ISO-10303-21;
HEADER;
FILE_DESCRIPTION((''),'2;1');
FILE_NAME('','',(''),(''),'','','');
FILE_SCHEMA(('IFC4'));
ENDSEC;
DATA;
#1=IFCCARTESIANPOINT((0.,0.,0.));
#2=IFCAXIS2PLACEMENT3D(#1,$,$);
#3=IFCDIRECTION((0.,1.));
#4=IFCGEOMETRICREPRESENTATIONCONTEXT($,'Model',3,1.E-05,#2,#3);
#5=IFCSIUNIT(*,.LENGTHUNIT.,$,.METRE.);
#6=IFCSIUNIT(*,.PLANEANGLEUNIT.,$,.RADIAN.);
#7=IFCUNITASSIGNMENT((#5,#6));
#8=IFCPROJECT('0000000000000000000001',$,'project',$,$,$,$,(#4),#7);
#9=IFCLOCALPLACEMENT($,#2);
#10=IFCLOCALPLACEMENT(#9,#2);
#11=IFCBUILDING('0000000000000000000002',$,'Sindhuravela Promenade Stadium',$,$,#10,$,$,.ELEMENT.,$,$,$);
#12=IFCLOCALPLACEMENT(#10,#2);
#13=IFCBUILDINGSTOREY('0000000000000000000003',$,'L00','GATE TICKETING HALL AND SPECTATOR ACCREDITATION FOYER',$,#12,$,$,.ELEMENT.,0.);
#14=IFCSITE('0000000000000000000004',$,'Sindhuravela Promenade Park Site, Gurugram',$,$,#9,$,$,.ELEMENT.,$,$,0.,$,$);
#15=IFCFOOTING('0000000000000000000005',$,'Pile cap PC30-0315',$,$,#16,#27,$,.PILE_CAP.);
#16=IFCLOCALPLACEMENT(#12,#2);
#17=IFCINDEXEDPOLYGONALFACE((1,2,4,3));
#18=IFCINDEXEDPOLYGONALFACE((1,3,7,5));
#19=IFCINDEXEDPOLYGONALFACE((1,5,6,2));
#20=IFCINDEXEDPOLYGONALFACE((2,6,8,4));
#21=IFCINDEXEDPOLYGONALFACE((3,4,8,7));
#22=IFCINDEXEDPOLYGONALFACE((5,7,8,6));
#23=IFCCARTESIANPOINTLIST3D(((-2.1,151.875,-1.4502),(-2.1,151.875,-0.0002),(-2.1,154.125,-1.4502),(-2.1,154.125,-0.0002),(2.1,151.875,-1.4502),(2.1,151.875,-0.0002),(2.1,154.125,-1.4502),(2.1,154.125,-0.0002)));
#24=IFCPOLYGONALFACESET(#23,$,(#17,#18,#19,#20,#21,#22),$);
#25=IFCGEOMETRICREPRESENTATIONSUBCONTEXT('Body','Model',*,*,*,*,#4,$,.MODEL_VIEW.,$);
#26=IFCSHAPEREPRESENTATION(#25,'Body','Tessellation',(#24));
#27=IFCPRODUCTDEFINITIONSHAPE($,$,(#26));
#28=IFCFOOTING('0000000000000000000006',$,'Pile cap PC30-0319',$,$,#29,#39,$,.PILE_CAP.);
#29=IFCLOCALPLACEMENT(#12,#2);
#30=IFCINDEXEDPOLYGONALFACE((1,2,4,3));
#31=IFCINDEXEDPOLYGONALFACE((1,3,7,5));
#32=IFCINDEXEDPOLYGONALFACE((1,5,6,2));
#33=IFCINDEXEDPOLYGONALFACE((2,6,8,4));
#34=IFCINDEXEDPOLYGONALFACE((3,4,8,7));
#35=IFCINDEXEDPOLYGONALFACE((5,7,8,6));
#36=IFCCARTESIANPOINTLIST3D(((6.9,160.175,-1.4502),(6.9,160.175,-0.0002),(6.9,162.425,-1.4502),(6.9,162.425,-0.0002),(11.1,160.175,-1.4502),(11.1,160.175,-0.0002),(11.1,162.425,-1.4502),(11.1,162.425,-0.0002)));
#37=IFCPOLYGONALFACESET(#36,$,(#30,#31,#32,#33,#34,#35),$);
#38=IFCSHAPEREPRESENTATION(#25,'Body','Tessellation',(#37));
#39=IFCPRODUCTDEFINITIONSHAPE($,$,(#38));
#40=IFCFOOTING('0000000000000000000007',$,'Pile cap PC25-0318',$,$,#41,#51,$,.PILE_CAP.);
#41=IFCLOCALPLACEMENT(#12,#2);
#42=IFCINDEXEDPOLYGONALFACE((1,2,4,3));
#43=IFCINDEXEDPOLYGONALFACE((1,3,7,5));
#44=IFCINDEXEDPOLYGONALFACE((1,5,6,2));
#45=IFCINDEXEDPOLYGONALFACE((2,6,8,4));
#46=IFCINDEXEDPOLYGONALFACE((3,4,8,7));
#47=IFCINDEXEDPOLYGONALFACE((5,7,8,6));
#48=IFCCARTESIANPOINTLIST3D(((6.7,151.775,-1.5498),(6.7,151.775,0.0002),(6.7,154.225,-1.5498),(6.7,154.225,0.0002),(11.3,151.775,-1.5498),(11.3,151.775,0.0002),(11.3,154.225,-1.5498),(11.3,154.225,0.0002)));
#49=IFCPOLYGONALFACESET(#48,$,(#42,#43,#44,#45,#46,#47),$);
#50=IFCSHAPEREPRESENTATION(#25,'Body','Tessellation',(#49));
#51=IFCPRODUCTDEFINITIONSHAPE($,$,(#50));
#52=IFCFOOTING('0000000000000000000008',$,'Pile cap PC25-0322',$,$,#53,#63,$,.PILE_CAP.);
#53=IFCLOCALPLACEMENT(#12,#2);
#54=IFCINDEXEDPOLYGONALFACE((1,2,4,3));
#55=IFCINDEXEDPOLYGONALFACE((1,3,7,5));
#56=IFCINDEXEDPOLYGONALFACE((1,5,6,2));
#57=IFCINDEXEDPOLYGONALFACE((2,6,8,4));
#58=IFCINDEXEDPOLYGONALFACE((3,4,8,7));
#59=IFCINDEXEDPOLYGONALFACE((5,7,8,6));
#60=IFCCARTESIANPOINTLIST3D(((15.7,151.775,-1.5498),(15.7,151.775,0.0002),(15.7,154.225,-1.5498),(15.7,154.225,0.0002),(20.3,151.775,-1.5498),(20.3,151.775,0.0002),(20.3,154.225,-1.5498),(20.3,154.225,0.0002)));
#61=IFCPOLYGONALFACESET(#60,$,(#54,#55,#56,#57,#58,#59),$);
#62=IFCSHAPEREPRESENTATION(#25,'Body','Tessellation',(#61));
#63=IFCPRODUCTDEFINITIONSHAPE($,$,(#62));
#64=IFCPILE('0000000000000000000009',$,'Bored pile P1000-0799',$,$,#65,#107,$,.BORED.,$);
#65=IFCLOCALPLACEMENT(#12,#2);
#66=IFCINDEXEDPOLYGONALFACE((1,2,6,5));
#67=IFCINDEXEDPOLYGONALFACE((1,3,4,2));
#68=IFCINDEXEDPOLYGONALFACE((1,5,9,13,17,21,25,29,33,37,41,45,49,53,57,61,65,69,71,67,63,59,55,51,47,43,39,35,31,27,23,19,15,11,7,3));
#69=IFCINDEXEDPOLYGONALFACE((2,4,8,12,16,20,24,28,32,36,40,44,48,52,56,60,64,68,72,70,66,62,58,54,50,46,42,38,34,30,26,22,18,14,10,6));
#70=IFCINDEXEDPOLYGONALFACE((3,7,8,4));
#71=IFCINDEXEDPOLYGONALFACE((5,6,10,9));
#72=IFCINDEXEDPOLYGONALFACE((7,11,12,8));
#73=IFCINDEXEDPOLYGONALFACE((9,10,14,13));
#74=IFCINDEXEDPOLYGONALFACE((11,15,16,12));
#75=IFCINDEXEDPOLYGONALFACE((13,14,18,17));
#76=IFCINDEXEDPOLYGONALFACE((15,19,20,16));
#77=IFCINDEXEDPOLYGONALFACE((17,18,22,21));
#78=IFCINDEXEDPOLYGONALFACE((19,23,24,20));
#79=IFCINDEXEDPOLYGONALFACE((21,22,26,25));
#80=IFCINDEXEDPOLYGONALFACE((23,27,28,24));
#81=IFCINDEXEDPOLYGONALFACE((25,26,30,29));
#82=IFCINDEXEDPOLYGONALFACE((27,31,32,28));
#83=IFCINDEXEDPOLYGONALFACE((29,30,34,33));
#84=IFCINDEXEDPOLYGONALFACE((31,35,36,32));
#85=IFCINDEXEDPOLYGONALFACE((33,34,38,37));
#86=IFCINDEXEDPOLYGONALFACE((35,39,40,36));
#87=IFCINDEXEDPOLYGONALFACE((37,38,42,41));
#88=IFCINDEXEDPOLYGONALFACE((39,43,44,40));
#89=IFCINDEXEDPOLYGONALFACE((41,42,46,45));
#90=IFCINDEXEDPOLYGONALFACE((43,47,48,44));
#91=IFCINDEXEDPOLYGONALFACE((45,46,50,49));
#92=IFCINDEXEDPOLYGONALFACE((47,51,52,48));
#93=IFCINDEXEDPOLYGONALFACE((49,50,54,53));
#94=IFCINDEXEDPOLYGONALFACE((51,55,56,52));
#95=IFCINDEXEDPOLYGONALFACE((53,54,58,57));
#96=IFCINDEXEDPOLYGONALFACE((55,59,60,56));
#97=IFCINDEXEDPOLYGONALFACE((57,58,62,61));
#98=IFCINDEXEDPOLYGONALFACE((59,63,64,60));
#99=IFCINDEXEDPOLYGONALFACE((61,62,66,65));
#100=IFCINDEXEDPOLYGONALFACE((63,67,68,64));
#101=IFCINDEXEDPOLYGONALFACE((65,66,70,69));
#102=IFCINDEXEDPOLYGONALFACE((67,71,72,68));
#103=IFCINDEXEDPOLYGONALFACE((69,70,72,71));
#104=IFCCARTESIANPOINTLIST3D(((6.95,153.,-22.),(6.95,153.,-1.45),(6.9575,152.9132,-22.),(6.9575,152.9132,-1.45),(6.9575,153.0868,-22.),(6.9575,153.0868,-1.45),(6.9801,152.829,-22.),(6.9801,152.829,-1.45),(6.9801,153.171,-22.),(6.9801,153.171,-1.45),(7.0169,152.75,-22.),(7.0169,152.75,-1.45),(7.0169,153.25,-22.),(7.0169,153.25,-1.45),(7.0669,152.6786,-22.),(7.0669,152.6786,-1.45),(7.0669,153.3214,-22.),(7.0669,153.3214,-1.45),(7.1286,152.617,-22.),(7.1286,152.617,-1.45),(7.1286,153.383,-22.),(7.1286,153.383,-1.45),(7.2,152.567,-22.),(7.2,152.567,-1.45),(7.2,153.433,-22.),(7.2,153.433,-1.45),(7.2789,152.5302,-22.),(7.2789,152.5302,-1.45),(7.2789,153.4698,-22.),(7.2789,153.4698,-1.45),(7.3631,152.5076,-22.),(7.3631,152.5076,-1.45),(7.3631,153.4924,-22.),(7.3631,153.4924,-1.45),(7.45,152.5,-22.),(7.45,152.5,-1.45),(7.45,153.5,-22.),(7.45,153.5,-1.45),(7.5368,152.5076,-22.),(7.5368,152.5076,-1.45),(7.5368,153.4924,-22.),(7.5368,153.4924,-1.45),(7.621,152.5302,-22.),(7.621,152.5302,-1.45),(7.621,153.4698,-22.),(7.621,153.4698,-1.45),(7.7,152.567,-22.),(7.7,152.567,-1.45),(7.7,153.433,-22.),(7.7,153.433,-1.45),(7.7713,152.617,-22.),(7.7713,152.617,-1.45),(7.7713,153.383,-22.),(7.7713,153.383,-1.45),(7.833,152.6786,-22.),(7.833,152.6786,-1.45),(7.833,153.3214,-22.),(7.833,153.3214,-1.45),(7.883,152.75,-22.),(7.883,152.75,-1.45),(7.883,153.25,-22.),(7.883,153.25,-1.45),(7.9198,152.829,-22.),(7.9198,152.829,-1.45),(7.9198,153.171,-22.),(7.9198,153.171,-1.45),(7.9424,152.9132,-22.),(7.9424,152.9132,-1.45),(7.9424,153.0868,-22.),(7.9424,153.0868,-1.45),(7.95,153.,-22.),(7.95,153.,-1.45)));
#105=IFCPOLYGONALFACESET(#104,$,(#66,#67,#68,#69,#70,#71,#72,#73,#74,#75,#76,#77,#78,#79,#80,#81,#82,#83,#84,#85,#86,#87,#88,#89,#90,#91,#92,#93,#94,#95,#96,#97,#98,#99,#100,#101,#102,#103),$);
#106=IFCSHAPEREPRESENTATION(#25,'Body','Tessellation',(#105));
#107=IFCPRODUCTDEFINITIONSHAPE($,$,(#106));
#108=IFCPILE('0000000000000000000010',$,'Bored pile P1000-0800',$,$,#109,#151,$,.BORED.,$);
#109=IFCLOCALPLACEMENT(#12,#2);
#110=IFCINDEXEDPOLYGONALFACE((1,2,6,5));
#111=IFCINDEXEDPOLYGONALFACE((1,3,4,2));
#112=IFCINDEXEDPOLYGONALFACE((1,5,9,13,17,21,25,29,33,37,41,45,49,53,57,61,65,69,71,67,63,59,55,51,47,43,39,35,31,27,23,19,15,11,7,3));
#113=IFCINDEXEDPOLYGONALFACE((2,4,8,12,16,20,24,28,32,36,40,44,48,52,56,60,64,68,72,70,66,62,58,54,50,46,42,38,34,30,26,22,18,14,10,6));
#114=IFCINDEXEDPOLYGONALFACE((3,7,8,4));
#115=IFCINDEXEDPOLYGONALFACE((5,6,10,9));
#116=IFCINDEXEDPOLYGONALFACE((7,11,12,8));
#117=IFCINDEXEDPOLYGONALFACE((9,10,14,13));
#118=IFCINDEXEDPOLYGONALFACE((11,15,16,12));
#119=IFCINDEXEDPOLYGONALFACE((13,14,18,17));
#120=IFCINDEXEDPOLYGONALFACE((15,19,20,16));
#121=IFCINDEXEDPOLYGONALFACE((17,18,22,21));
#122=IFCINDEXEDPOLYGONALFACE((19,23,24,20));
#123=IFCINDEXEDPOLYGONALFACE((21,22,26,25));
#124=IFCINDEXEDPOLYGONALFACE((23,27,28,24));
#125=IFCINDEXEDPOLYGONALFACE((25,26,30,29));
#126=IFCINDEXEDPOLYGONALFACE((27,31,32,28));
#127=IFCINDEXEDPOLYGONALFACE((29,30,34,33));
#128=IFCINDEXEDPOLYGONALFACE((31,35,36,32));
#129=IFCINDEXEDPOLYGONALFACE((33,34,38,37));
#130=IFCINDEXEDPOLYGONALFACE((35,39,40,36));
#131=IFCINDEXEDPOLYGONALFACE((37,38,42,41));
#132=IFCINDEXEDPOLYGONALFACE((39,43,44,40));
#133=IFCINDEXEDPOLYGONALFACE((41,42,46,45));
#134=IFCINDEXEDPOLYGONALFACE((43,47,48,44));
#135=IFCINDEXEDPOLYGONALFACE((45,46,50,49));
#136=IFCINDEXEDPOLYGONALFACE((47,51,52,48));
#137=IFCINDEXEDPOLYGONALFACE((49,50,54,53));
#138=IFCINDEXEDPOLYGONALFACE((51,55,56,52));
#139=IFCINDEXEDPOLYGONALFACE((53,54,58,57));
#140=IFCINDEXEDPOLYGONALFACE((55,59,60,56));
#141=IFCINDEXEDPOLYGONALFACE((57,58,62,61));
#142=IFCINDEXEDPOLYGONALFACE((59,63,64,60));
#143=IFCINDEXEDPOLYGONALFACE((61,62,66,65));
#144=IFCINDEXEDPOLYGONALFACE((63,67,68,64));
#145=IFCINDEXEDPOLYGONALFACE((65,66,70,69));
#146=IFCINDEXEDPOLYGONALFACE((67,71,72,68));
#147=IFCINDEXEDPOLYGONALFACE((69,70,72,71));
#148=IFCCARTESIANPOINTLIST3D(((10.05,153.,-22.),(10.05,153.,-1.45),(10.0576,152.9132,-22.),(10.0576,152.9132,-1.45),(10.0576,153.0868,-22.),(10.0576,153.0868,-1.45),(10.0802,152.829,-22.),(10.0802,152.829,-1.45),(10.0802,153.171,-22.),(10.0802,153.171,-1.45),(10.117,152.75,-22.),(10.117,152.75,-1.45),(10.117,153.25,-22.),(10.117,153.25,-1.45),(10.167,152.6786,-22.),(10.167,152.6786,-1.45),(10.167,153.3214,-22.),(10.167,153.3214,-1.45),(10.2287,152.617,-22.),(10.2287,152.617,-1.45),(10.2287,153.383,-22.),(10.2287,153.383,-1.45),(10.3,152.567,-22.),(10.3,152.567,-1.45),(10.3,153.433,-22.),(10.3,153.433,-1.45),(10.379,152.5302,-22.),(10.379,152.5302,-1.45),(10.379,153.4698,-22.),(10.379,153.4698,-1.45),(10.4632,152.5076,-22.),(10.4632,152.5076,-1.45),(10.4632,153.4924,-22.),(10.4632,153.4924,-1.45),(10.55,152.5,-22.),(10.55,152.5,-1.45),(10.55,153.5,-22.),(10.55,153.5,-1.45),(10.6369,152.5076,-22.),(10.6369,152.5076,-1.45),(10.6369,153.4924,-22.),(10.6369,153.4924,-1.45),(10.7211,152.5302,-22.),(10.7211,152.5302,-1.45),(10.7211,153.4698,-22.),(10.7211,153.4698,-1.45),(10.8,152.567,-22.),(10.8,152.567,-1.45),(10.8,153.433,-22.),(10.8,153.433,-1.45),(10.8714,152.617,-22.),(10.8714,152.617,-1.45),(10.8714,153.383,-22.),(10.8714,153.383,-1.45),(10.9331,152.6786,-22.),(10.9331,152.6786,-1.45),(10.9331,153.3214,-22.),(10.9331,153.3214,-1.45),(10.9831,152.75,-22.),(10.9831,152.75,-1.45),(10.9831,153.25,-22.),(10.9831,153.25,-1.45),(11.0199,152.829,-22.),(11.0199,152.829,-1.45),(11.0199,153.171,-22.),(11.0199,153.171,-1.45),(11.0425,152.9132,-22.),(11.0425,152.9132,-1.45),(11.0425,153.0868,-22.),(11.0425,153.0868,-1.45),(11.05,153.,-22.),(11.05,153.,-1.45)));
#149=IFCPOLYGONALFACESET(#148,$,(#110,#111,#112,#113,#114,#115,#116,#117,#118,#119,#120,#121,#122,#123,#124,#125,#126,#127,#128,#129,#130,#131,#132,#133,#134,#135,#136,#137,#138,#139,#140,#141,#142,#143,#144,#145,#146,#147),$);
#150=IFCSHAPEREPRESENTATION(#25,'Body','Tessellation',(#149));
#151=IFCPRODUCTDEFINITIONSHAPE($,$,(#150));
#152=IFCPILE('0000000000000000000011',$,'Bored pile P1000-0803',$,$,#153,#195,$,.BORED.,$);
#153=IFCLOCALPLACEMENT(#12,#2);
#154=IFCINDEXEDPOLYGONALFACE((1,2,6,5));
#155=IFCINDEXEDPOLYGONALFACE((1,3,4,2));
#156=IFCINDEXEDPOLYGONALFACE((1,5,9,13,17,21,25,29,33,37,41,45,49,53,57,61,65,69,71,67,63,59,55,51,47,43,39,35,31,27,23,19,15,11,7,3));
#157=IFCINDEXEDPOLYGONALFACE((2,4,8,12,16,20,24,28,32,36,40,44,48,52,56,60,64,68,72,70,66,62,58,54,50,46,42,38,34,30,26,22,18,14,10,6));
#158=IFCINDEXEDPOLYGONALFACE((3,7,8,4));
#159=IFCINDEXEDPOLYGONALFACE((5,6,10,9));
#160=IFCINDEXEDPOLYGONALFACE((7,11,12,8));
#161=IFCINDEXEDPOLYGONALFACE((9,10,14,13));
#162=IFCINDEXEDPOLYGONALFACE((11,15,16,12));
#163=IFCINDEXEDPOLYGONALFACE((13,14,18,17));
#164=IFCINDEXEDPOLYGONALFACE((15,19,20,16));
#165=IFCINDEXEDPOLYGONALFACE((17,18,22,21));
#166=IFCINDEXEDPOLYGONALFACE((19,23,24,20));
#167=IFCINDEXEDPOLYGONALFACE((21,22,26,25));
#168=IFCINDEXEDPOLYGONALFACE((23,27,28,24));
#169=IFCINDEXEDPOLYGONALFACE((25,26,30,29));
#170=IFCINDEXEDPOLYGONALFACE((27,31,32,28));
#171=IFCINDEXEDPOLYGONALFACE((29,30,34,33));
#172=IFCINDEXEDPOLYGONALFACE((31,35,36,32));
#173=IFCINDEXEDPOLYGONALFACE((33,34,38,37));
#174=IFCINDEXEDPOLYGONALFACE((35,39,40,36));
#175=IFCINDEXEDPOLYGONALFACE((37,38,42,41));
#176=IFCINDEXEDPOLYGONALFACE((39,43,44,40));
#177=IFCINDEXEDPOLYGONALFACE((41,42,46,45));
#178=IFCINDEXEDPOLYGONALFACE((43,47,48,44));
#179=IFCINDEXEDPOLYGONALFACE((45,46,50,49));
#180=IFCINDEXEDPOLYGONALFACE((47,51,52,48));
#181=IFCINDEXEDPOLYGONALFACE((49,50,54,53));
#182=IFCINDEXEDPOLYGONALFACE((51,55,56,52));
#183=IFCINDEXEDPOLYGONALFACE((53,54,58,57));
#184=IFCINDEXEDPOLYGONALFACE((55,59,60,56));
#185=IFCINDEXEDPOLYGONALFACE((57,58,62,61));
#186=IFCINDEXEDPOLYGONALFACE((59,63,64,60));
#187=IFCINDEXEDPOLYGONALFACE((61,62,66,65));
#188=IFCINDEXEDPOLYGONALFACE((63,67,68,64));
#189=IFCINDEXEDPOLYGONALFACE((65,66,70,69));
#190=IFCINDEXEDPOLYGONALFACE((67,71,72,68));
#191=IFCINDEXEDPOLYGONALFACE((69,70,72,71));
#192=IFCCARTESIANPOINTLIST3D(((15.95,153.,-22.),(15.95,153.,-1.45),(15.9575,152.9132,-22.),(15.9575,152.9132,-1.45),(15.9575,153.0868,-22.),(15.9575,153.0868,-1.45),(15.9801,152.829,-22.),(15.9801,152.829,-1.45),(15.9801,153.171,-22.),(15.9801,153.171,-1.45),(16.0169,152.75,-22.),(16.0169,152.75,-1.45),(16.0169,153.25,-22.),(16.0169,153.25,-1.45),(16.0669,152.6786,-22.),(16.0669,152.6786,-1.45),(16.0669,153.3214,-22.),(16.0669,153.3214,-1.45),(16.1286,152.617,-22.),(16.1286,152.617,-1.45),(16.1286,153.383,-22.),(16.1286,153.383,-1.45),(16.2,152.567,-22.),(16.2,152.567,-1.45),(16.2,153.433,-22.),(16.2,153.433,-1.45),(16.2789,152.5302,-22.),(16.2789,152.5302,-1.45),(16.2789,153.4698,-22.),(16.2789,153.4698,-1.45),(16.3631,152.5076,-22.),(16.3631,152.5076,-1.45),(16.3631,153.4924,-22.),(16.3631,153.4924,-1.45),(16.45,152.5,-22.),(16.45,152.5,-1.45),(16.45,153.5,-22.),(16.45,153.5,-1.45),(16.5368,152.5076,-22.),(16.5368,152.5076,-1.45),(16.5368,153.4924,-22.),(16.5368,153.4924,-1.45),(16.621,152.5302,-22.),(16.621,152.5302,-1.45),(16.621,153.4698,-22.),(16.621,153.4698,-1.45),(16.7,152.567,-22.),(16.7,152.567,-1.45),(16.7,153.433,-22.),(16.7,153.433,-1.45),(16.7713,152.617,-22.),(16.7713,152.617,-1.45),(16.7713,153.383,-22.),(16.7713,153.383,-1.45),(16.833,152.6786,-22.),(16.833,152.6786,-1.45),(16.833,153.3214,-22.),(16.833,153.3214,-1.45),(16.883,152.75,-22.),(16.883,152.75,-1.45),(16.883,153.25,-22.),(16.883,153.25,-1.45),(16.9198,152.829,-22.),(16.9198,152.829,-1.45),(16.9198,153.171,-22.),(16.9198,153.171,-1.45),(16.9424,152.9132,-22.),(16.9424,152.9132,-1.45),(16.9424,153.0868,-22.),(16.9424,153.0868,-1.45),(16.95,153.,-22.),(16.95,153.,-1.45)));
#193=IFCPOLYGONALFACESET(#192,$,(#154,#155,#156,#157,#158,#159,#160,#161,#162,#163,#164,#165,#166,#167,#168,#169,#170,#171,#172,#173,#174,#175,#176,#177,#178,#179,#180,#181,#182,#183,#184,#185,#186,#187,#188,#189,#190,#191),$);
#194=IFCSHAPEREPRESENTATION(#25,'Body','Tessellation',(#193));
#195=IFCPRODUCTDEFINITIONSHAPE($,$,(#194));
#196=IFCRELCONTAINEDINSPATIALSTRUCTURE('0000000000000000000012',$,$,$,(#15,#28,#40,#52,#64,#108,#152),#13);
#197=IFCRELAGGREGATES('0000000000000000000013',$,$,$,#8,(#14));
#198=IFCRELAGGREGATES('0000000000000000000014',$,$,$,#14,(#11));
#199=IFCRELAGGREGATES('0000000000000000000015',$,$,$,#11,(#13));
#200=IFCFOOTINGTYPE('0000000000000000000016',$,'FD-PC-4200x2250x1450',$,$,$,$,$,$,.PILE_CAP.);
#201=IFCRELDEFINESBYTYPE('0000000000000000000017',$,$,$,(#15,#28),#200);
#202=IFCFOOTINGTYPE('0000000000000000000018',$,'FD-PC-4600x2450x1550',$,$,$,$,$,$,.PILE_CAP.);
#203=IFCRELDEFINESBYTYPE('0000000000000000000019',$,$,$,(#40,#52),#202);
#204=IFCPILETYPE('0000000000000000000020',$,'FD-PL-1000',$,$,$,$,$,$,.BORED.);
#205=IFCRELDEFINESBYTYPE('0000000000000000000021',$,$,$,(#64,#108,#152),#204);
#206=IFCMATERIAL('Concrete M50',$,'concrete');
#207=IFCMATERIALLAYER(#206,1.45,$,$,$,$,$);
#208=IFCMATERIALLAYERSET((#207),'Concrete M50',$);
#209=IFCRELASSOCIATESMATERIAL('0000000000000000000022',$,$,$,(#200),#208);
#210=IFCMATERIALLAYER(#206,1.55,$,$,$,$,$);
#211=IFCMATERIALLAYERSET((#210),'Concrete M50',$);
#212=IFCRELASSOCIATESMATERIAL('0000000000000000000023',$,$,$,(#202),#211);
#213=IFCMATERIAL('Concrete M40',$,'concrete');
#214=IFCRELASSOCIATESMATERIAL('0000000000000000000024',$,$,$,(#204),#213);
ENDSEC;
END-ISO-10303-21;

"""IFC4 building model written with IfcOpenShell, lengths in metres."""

from ifc_helpers import new_model, si_unit, direction, frame, origin, origin_2d, place, context, subcontext, project, spatial, rectangle, circle, extrude, material, layer, layer_set, material_profile, profile_set, type_object, element, save


model = new_model("IFC4")

# Units and contexts
model_context = context("Model", 3, precision=1e-05, world=origin(), true_north=direction((0.0, 1.0)))
body_context = subcontext(model_context, "Body", "Model", "MODEL_VIEW")
ifc_project = project(units=[si_unit("LENGTHUNIT", "METRE"), si_unit("PLANEANGLEUNIT", "RADIAN")], contexts=[model_context])

# Site, building, storey
site_placement = place(None, origin())
site = spatial("IfcSite", under=ifc_project, at=site_placement, Name="Sindhuravela Promenade Park Site, Gurugram", CompositionType="ELEMENT", RefElevation=0.0)
building_placement = place(site_placement, origin())
building = spatial("IfcBuilding", under=site, at=building_placement, Name="Sindhuravela Promenade Stadium", CompositionType="ELEMENT")
storey_placement = place(building_placement, origin())
storey = spatial("IfcBuildingStorey", under=building, at=storey_placement, Name="L00", Description="GATE TICKETING HALL AND SPECTATOR ACCREDITATION FOYER", CompositionType="ELEMENT", Elevation=0.0)

# Footings
ifc_material_1 = material(Name="Concrete M50", Category="concrete")
ifc_layer_1 = layer(ifc_material_1, 1.45)
ifc_layer_set_1 = layer_set([ifc_layer_1], Name="Concrete M50")
footing_type_1 = type_object("IfcFootingType", Name="FD-PC-4200x2250x1450", PredefinedType="PILE_CAP", material=ifc_layer_set_1)
for number, where, z_axis, x_axis, name in (
    (1, (0.0, 153.0, -1.4502), (0.0, 0.0, 1.0), (1.0, 0.0, 0.0), "Pile cap PC30-0315"),
    (2, (9.0, 161.3, -1.4502), (0.0, 0.0, 1.0), (1.0, 0.0, 0.0), "Pile cap PC30-0319"),
):
    element("IfcFooting", number, at=place(storey_placement, frame(where, z_axis=z_axis, x_axis=x_axis)), inside=storey, type_object=footing_type_1, Name=name, PredefinedType="PILE_CAP", context=body_context, shape_type="SweptSolid", body=[
        extrude(rectangle(XDim=4.2, YDim=2.25, at=origin_2d()), origin(), (0.0, 0.0, 1.0), 1.45),
    ])
ifc_layer_2 = layer(ifc_material_1, 1.55)
ifc_layer_set_2 = layer_set([ifc_layer_2], Name="Concrete M50")
footing_type_2 = type_object("IfcFootingType", Name="FD-PC-4600x2450x1550", PredefinedType="PILE_CAP", material=ifc_layer_set_2)
for number, where, z_axis, x_axis, name in (
    (3, (9.0, 153.0, -1.5498), (0.0, 0.0, 1.0), (1.0, 0.0, 0.0), "Pile cap PC25-0318"),
    (4, (18.0, 153.0, -1.5498), (0.0, 0.0, 1.0), (1.0, 0.0, 0.0), "Pile cap PC25-0322"),
):
    element("IfcFooting", number, at=place(storey_placement, frame(where, z_axis=z_axis, x_axis=x_axis)), inside=storey, type_object=footing_type_2, Name=name, PredefinedType="PILE_CAP", context=body_context, shape_type="SweptSolid", body=[
        extrude(rectangle(XDim=4.6001, YDim=2.45, at=origin_2d()), origin(), (0.0, 0.0, 1.0), 1.55),
    ])

# Piles
ifc_material_2 = material(Name="Concrete M40", Category="concrete")
ifc_material_profile_1 = material_profile(ifc_material_2, circle(Radius=0.5, at=origin_2d()), Name="BORED PILE D1000")
ifc_profile_set_1 = profile_set([ifc_material_profile_1], Name="Concrete M40")
pile_type_1 = type_object("IfcPileType", Name="FD-PL-1000", PredefinedType="BORED", material=ifc_profile_set_1)
for number, where, z_axis, x_axis, name in (
    (5, (7.45, 153.0, -1.45), (0.0, 0.0, -1.0), (1.0, 0.0, 0.0), "Bored pile P1000-0799"),
    (6, (10.55, 153.0, -1.45), (0.0, 0.0, -1.0), (1.0, 0.0, 0.0), "Bored pile P1000-0800"),
    (7, (16.45, 153.0, -1.45), (0.0, 0.0, -1.0), (1.0, 0.0, 0.0), "Bored pile P1000-0803"),
):
    element("IfcPile", number, at=place(storey_placement, frame(where, z_axis=z_axis, x_axis=x_axis)), inside=storey, type_object=pile_type_1, Name=name, PredefinedType="BORED", context=body_context, shape_type="SweptSolid", body=[
        extrude(circle(Radius=0.5, at=origin_2d()), origin(), (0.0, 0.0, 1.0), 20.55),
    ])

save(model, "model.ifc")
